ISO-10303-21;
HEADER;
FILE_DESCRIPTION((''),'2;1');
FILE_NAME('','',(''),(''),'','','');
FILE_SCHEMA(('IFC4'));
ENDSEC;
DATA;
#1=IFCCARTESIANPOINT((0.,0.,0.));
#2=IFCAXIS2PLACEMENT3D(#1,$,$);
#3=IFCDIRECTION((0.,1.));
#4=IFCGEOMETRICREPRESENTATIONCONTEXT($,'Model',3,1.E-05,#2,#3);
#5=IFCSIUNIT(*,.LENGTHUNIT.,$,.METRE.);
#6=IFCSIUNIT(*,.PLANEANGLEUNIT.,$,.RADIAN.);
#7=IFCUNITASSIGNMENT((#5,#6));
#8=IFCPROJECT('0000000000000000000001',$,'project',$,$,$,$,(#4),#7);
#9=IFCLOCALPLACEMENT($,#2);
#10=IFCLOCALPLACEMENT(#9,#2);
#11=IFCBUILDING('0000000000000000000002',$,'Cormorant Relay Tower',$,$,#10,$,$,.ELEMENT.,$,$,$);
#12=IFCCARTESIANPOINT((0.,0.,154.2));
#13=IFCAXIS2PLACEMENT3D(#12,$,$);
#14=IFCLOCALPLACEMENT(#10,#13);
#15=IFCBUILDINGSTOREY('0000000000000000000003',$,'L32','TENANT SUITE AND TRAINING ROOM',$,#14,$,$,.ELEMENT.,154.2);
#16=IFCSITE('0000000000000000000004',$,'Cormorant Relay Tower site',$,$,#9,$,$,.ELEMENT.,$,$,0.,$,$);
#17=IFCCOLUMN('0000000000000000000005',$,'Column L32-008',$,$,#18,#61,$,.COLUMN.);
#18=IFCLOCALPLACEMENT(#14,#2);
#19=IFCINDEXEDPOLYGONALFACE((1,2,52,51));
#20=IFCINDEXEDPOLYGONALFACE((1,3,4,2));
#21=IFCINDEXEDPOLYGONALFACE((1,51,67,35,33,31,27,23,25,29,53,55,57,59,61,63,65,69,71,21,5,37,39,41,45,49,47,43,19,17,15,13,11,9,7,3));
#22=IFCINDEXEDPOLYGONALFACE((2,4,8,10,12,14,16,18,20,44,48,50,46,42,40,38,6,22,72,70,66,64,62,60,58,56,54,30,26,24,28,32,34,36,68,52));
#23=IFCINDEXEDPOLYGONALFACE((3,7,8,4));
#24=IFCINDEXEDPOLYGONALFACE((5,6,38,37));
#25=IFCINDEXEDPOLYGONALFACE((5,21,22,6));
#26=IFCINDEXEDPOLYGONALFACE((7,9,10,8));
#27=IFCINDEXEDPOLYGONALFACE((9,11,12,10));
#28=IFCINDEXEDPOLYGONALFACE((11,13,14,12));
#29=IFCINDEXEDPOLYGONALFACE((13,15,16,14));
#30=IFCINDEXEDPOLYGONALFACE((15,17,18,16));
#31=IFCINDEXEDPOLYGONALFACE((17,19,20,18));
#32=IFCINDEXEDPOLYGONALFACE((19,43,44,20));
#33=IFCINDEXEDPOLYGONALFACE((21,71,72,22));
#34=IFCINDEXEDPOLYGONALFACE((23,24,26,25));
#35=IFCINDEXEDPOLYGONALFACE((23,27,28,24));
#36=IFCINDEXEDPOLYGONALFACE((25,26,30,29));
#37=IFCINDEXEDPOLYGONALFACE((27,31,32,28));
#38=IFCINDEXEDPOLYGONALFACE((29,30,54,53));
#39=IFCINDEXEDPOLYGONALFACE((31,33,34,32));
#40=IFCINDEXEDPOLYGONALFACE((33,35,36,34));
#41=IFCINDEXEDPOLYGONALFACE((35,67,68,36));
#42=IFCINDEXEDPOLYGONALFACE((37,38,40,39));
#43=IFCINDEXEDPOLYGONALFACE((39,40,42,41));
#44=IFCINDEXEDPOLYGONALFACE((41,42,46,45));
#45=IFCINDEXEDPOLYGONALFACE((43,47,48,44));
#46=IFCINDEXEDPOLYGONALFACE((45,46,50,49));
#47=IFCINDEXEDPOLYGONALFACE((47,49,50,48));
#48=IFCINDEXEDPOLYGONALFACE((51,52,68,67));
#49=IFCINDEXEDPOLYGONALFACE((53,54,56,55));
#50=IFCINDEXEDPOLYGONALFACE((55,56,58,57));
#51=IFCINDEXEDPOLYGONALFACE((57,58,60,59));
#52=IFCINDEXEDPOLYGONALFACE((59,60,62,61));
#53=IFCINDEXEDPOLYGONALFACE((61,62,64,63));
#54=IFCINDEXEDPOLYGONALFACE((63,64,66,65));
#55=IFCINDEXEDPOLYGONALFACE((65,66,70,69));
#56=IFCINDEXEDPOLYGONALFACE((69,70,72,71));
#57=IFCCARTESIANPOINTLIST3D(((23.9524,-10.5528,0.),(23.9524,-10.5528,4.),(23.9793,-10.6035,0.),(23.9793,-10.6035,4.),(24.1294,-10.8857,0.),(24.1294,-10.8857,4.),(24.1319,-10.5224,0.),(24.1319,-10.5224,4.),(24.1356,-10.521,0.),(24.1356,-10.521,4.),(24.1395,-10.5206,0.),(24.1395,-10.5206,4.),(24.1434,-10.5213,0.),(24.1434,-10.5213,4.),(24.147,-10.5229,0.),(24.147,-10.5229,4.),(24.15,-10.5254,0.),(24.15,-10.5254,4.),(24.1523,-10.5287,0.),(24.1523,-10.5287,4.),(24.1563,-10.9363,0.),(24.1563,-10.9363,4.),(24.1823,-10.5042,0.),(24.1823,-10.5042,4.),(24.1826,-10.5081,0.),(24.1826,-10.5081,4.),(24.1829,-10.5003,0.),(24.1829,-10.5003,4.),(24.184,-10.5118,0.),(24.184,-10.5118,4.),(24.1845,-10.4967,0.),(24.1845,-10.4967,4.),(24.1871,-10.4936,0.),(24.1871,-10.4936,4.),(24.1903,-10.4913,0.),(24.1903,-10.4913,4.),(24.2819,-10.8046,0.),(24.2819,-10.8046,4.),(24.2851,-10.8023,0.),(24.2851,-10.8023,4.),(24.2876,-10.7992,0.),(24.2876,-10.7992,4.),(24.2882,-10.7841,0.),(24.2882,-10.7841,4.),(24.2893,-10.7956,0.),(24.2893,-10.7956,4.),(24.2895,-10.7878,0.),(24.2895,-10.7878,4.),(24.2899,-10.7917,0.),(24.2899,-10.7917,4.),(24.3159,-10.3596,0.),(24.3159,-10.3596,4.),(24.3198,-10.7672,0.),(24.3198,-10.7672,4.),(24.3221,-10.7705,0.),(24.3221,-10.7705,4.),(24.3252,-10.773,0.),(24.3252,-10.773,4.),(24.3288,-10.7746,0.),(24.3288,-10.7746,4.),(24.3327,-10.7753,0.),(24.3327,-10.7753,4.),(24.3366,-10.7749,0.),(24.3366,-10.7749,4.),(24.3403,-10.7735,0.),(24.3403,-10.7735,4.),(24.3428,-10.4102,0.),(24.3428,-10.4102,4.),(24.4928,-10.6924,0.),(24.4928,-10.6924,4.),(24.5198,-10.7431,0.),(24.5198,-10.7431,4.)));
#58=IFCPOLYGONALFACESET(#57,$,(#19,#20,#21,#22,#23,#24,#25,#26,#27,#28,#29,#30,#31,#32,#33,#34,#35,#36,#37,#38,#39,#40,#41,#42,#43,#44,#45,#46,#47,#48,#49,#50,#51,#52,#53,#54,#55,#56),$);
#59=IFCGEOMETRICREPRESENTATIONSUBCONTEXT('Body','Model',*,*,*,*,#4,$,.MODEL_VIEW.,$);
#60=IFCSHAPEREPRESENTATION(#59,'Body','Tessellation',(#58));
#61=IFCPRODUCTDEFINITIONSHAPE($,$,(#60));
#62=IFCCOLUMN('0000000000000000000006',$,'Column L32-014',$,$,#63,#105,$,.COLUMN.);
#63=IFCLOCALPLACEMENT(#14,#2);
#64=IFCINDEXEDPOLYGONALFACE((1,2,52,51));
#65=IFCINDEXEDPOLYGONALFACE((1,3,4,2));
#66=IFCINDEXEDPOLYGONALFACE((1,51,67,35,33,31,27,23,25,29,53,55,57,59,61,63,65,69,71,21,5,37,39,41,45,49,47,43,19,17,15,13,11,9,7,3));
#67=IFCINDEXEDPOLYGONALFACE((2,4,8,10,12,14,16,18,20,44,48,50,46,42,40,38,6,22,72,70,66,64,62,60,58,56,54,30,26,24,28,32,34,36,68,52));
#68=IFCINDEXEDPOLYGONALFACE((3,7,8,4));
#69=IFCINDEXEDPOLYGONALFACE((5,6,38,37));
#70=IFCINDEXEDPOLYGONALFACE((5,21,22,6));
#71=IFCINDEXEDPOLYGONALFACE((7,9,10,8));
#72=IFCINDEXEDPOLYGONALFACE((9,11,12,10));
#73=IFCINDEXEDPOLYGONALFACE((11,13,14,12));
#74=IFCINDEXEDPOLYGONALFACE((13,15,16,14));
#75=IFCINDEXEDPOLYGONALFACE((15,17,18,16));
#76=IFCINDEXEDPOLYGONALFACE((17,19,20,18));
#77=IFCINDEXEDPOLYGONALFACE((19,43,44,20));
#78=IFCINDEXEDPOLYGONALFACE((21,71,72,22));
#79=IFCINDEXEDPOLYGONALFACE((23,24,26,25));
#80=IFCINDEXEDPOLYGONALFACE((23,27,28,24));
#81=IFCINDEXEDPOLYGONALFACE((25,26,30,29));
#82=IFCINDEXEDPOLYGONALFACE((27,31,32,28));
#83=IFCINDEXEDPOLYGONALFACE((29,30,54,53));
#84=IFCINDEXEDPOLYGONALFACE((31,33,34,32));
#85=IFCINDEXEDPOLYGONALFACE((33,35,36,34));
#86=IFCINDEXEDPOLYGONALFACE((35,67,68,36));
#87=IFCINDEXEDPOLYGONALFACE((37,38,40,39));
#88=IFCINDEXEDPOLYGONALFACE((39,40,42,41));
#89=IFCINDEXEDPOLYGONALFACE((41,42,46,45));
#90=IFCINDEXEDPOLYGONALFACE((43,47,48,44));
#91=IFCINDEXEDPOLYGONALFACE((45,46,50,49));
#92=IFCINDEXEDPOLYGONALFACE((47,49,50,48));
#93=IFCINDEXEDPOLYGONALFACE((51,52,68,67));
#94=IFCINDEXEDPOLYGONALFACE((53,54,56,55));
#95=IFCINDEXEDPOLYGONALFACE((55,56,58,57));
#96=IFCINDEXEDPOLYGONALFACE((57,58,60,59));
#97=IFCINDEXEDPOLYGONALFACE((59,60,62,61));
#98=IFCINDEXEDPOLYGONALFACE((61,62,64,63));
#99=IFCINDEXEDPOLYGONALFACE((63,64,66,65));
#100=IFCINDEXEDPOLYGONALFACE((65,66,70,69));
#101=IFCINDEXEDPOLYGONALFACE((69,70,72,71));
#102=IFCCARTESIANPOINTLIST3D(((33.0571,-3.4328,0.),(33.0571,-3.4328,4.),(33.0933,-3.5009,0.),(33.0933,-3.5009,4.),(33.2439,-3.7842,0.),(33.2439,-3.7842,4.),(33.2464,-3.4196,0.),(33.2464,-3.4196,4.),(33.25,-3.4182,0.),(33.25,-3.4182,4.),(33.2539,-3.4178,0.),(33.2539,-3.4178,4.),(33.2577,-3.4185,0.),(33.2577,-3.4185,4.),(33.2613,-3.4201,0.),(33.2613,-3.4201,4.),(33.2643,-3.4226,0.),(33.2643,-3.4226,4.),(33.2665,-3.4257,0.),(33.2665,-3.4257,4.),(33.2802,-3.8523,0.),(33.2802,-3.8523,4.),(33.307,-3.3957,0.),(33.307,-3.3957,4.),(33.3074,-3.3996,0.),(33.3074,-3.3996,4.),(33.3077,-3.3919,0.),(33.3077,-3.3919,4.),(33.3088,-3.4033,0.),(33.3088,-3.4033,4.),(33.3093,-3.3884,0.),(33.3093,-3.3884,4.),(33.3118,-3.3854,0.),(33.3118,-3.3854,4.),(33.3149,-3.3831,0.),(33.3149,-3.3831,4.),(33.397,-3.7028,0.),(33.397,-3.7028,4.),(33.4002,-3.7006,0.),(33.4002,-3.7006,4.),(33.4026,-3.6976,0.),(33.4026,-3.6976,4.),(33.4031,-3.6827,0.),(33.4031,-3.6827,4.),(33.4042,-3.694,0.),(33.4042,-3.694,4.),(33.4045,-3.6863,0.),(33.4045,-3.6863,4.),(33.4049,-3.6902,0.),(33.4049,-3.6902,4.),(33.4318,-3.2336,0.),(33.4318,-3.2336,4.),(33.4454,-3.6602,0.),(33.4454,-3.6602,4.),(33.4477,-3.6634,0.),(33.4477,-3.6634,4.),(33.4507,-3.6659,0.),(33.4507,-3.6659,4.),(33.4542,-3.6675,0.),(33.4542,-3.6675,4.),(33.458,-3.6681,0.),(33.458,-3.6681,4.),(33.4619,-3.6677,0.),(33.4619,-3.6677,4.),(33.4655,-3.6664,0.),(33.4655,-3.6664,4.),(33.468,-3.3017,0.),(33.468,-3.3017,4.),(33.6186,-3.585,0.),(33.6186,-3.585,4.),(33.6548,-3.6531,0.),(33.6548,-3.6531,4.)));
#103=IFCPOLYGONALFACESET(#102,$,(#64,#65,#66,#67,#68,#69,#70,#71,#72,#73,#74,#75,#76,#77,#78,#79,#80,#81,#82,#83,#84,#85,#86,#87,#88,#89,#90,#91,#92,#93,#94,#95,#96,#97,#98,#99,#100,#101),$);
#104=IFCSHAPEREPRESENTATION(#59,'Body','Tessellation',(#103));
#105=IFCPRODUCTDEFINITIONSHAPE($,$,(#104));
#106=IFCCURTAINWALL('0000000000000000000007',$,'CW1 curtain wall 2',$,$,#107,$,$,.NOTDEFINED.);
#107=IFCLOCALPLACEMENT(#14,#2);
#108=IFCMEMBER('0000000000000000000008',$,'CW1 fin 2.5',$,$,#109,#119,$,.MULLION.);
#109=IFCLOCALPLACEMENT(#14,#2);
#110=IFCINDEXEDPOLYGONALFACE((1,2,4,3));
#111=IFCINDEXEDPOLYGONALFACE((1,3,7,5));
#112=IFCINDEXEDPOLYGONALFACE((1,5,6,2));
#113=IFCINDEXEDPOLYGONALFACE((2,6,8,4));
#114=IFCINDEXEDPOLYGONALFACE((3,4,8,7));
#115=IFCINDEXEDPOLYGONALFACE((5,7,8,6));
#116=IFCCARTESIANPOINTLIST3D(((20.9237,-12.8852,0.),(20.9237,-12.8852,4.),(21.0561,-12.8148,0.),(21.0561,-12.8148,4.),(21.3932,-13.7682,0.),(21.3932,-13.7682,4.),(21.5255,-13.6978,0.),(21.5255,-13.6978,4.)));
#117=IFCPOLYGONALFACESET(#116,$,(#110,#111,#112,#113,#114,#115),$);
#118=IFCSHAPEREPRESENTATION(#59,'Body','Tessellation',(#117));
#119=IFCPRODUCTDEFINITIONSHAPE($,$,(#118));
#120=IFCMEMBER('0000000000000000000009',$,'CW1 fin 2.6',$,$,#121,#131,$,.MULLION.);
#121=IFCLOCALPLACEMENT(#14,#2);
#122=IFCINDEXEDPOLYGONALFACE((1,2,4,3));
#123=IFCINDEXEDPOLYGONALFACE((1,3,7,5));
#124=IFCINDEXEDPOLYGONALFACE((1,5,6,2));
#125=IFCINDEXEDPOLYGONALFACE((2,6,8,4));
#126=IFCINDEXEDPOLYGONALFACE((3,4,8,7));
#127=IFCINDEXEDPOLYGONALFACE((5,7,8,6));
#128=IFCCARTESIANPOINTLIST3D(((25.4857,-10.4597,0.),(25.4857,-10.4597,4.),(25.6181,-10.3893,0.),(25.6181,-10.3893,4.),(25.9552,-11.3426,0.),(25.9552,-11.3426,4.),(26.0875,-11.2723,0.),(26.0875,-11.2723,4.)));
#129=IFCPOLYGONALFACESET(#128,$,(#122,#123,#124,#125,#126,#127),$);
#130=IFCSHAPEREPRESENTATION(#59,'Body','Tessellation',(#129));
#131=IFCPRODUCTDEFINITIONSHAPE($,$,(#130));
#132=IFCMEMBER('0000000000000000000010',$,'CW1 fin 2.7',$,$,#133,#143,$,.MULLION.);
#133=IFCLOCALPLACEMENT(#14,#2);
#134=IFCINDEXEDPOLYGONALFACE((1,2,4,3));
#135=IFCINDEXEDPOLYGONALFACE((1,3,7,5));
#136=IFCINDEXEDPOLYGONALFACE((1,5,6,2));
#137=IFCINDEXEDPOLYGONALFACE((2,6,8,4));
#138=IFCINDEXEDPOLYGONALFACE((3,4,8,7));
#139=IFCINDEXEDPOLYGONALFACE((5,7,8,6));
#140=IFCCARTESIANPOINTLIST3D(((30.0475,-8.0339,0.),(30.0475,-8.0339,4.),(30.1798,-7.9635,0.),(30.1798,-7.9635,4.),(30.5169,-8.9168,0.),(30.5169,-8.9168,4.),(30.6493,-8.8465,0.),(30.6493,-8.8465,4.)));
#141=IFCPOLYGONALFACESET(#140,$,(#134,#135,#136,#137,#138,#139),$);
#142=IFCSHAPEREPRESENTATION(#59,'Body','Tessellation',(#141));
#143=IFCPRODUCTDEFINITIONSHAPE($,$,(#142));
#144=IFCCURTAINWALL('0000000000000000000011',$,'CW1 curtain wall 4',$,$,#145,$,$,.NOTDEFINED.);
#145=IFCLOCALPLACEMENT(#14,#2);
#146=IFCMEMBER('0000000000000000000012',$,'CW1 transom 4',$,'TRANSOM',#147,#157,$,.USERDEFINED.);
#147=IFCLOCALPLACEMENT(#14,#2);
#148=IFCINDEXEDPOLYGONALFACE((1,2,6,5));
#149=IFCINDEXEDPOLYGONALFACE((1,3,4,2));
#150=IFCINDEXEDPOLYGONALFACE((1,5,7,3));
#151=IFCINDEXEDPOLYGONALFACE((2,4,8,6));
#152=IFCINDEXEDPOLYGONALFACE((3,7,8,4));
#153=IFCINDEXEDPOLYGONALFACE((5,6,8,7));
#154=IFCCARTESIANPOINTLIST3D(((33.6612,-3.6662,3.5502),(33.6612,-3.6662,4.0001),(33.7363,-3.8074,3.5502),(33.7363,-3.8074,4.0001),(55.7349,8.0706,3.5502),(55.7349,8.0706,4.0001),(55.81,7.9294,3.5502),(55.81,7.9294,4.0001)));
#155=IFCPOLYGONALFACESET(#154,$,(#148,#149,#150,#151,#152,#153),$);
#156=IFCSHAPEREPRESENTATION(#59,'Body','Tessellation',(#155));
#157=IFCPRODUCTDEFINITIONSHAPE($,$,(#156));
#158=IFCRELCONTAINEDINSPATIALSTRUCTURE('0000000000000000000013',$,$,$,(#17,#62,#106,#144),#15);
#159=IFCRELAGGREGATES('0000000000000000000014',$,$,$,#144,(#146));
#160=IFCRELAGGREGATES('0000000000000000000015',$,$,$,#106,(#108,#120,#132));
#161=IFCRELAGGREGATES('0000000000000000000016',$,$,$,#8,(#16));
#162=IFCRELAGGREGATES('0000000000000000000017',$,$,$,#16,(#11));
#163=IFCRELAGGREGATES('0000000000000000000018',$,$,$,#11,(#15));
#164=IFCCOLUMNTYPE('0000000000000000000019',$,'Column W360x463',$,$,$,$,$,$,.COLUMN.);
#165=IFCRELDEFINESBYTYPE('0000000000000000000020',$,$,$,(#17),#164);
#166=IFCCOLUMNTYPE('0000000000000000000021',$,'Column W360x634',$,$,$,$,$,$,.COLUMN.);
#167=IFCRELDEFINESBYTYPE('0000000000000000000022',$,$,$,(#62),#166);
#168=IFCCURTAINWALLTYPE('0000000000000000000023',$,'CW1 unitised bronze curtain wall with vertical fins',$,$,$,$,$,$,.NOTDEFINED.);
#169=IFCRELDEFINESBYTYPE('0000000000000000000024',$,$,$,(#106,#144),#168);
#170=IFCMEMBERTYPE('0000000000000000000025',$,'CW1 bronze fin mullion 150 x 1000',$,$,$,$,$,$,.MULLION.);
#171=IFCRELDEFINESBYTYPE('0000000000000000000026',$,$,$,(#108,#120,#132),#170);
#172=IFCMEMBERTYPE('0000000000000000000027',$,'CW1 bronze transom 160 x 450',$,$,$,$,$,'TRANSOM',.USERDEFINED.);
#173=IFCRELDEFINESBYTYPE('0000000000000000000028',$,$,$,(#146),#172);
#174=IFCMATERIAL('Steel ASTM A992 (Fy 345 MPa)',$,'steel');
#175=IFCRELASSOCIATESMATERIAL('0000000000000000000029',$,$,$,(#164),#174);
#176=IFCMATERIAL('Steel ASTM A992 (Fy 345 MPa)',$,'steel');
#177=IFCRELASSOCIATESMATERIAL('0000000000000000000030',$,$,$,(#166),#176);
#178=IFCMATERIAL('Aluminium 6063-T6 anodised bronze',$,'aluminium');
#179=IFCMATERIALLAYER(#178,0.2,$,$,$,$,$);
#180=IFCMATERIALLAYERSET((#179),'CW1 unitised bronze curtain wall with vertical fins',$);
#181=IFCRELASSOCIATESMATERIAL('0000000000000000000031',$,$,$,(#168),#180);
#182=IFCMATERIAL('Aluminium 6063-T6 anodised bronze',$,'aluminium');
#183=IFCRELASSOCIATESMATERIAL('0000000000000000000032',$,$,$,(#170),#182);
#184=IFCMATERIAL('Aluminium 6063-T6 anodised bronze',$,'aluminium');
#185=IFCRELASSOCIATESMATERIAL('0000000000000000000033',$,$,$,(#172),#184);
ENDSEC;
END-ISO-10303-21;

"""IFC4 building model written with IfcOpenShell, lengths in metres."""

from ifc_helpers import new_model, si_unit, direction, frame, origin, origin_2d, place, context, subcontext, project, spatial, rectangle, i_section, extrude, material, layer, layer_set, material_profile, profile_set, type_object, element, aggregate, save


model = new_model("IFC4")

# Units and contexts
model_context = context("Model", 3, precision=1e-05, world=origin(), true_north=direction((0.0, 1.0)))
body_context = subcontext(model_context, "Body", "Model", "MODEL_VIEW")
ifc_project = project(units=[si_unit("LENGTHUNIT", "METRE"), si_unit("PLANEANGLEUNIT", "RADIAN")], contexts=[model_context])

# Site, building, storey
site_placement = place(None, origin())
site = spatial("IfcSite", under=ifc_project, at=site_placement, Name="Cormorant Relay Tower site", CompositionType="ELEMENT", RefElevation=0.0)
building_placement = place(site_placement, origin())
building = spatial("IfcBuilding", under=site, at=building_placement, Name="Cormorant Relay Tower", CompositionType="ELEMENT")
storey_placement = place(building_placement, frame((0.0, 0.0, 154.2)))
storey = spatial("IfcBuildingStorey", under=building, at=storey_placement, Name="L32", Description="TENANT SUITE AND TRAINING ROOM", CompositionType="ELEMENT", Elevation=154.2)

# Columns
ifc_material_1 = material(Name="Steel ASTM A992 (Fy 345 MPa)", Category="steel")
ifc_material_profile_1 = material_profile(ifc_material_1, i_section(OverallWidth=0.4116, OverallDepth=0.4343, WebThickness=0.0359, FlangeThickness=0.0574, FilletRadius=0.0151, at=origin_2d()), Name="W360x463")
ifc_profile_set_1 = profile_set([ifc_material_profile_1], Name="Steel ASTM A992 (Fy 345 MPa)")
column_type_1 = type_object("IfcColumnType", Name="Column W360x463", PredefinedType="COLUMN", material=ifc_profile_set_1)
column_1_placement = place(storey_placement, frame((24.2361, -10.6479, 0.0), z_axis=(0.0, 0.0, 1.0), x_axis=(0.882948, 0.469472, 0.0)))
element("IfcColumn", 1, at=column_1_placement, inside=storey, type_object=column_type_1, Name="Column L32-008", PredefinedType="COLUMN", context=body_context, shape_type="SweptSolid", body=[
    extrude(i_section(OverallWidth=0.4116, OverallDepth=0.4343, WebThickness=0.0359, FlangeThickness=0.0574, FilletRadius=0.0151, at=origin_2d()), origin(), (0.0, 0.0, 1.0), 4.0),
])
ifc_material_2 = material(Name="Steel ASTM A992 (Fy 345 MPa)", Category="steel")
ifc_material_profile_2 = material_profile(ifc_material_2, i_section(OverallWidth=0.4243, OverallDepth=0.4751, WebThickness=0.0479, FlangeThickness=0.0771, FilletRadius=0.0149, at=origin_2d()), Name="W360x634")
ifc_profile_set_2 = profile_set([ifc_material_profile_2], Name="Steel ASTM A992 (Fy 345 MPa)")
column_type_2 = type_object("IfcColumnType", Name="Column W360x634", PredefinedType="COLUMN", material=ifc_profile_set_2)
column_2_placement = place(storey_placement, frame((33.356, -3.543, 0.0), z_axis=(0.0, 0.0, 1.0), x_axis=(0.882948, 0.469472, 0.0)))
element("IfcColumn", 2, at=column_2_placement, inside=storey, type_object=column_type_2, Name="Column L32-014", PredefinedType="COLUMN", context=body_context, shape_type="SweptSolid", body=[
    extrude(i_section(OverallWidth=0.4243, OverallDepth=0.4751, WebThickness=0.0479, FlangeThickness=0.0771, FilletRadius=0.0149, at=origin_2d()), origin(), (0.0, 0.0, 1.0), 4.0),
])

# Curtain wall, members
ifc_material_3 = material(Name="Aluminium 6063-T6 anodised bronze", Category="aluminium")
ifc_layer_1 = layer(ifc_material_3, 0.2)
ifc_layer_set_1 = layer_set([ifc_layer_1], Name="CW1 unitised bronze curtain wall with vertical fins")
curtain_wall_type = type_object("IfcCurtainWallType", Name="CW1 unitised bronze curtain wall with vertical fins", PredefinedType="NOTDEFINED", material=ifc_layer_set_1)
curtain_wall_1_placement = place(storey_placement, origin())
curtain_wall_1 = element("IfcCurtainWall", 3, at=curtain_wall_1_placement, inside=storey, type_object=curtain_wall_type, Name="CW1 curtain wall 2", PredefinedType="NOTDEFINED")
ifc_material_4 = material(Name="Aluminium 6063-T6 anodised bronze", Category="aluminium")
ifc_material_profile_3 = material_profile(ifc_material_4, rectangle(XDim=0.1499, YDim=1.0, at=origin_2d()), Name="AL 150x1000")
ifc_profile_set_3 = profile_set([ifc_material_profile_3], Name="Aluminium 6063-T6 anodised bronze")
member_type_1 = type_object("IfcMemberType", Name="CW1 bronze fin mullion 150 x 1000", PredefinedType="MULLION", material=ifc_profile_set_3)
member_1_placement = place(storey_placement, frame((21.2246, -13.2915, 0.0), z_axis=(0.0, 0.0, 1.0), x_axis=(0.882948, 0.469472, 0.0)))
member_1 = element("IfcMember", 4, at=member_1_placement, type_object=member_type_1, Name="CW1 fin 2.5", PredefinedType="MULLION", context=body_context, shape_type="SweptSolid", body=[
    extrude(rectangle(XDim=0.1499, YDim=1.0, at=origin_2d()), origin(), (0.0, 0.0, 1.0), 4.0),
])
member_2_placement = place(storey_placement, frame((25.7866, -10.866, 0.0), z_axis=(0.0, 0.0, 1.0), x_axis=(0.882948, 0.469472, 0.0)))
member_2 = element("IfcMember", 5, at=member_2_placement, type_object=member_type_1, Name="CW1 fin 2.6", PredefinedType="MULLION", context=body_context, shape_type="SweptSolid", body=[
    extrude(rectangle(XDim=0.1499, YDim=1.0, at=origin_2d()), origin(), (0.0, 0.0, 1.0), 4.0),
])
member_3_placement = place(storey_placement, frame((30.3484, -8.4402, 0.0), z_axis=(0.0, 0.0, 1.0), x_axis=(0.882948, 0.469472, 0.0)))
member_3 = element("IfcMember", 6, at=member_3_placement, type_object=member_type_1, Name="CW1 fin 2.7", PredefinedType="MULLION", context=body_context, shape_type="SweptSolid", body=[
    extrude(rectangle(XDim=0.1499, YDim=1.0, at=origin_2d()), origin(), (0.0, 0.0, 1.0), 4.0),
])

# Curtain wall, member
curtain_wall_2_placement = place(storey_placement, origin())
curtain_wall_2 = element("IfcCurtainWall", 7, at=curtain_wall_2_placement, inside=storey, type_object=curtain_wall_type, Name="CW1 curtain wall 4", PredefinedType="NOTDEFINED")
ifc_material_5 = material(Name="Aluminium 6063-T6 anodised bronze", Category="aluminium")
ifc_material_profile_4 = material_profile(ifc_material_5, rectangle(XDim=0.1599, YDim=0.45, at=origin_2d()), Name="AL 160x450")
ifc_profile_set_4 = profile_set([ifc_material_profile_4], Name="Aluminium 6063-T6 anodised bronze")
member_type_2 = type_object("IfcMemberType", Name="CW1 bronze transom 160 x 450", ElementType="TRANSOM", PredefinedType="USERDEFINED", material=ifc_profile_set_4)
member_4_placement = place(storey_placement, frame((33.6987, -3.7368, 3.7751), z_axis=(0.882947, 0.469472, 0.0), x_axis=(-0.469472, 0.882947, 0.0)))
member_4 = element("IfcMember", 8, at=member_4_placement, type_object=member_type_2, Name="CW1 transom 4", ObjectType="TRANSOM", PredefinedType="USERDEFINED", context=body_context, shape_type="SweptSolid", body=[
    extrude(rectangle(XDim=0.1599, YDim=0.45, at=origin_2d()), origin(), (0.0, 0.0, 1.0), 25.0),
])
aggregate(curtain_wall_2, [member_4])

aggregate(curtain_wall_1, [member_1, member_2, member_3])

save(model, "model.ifc")
